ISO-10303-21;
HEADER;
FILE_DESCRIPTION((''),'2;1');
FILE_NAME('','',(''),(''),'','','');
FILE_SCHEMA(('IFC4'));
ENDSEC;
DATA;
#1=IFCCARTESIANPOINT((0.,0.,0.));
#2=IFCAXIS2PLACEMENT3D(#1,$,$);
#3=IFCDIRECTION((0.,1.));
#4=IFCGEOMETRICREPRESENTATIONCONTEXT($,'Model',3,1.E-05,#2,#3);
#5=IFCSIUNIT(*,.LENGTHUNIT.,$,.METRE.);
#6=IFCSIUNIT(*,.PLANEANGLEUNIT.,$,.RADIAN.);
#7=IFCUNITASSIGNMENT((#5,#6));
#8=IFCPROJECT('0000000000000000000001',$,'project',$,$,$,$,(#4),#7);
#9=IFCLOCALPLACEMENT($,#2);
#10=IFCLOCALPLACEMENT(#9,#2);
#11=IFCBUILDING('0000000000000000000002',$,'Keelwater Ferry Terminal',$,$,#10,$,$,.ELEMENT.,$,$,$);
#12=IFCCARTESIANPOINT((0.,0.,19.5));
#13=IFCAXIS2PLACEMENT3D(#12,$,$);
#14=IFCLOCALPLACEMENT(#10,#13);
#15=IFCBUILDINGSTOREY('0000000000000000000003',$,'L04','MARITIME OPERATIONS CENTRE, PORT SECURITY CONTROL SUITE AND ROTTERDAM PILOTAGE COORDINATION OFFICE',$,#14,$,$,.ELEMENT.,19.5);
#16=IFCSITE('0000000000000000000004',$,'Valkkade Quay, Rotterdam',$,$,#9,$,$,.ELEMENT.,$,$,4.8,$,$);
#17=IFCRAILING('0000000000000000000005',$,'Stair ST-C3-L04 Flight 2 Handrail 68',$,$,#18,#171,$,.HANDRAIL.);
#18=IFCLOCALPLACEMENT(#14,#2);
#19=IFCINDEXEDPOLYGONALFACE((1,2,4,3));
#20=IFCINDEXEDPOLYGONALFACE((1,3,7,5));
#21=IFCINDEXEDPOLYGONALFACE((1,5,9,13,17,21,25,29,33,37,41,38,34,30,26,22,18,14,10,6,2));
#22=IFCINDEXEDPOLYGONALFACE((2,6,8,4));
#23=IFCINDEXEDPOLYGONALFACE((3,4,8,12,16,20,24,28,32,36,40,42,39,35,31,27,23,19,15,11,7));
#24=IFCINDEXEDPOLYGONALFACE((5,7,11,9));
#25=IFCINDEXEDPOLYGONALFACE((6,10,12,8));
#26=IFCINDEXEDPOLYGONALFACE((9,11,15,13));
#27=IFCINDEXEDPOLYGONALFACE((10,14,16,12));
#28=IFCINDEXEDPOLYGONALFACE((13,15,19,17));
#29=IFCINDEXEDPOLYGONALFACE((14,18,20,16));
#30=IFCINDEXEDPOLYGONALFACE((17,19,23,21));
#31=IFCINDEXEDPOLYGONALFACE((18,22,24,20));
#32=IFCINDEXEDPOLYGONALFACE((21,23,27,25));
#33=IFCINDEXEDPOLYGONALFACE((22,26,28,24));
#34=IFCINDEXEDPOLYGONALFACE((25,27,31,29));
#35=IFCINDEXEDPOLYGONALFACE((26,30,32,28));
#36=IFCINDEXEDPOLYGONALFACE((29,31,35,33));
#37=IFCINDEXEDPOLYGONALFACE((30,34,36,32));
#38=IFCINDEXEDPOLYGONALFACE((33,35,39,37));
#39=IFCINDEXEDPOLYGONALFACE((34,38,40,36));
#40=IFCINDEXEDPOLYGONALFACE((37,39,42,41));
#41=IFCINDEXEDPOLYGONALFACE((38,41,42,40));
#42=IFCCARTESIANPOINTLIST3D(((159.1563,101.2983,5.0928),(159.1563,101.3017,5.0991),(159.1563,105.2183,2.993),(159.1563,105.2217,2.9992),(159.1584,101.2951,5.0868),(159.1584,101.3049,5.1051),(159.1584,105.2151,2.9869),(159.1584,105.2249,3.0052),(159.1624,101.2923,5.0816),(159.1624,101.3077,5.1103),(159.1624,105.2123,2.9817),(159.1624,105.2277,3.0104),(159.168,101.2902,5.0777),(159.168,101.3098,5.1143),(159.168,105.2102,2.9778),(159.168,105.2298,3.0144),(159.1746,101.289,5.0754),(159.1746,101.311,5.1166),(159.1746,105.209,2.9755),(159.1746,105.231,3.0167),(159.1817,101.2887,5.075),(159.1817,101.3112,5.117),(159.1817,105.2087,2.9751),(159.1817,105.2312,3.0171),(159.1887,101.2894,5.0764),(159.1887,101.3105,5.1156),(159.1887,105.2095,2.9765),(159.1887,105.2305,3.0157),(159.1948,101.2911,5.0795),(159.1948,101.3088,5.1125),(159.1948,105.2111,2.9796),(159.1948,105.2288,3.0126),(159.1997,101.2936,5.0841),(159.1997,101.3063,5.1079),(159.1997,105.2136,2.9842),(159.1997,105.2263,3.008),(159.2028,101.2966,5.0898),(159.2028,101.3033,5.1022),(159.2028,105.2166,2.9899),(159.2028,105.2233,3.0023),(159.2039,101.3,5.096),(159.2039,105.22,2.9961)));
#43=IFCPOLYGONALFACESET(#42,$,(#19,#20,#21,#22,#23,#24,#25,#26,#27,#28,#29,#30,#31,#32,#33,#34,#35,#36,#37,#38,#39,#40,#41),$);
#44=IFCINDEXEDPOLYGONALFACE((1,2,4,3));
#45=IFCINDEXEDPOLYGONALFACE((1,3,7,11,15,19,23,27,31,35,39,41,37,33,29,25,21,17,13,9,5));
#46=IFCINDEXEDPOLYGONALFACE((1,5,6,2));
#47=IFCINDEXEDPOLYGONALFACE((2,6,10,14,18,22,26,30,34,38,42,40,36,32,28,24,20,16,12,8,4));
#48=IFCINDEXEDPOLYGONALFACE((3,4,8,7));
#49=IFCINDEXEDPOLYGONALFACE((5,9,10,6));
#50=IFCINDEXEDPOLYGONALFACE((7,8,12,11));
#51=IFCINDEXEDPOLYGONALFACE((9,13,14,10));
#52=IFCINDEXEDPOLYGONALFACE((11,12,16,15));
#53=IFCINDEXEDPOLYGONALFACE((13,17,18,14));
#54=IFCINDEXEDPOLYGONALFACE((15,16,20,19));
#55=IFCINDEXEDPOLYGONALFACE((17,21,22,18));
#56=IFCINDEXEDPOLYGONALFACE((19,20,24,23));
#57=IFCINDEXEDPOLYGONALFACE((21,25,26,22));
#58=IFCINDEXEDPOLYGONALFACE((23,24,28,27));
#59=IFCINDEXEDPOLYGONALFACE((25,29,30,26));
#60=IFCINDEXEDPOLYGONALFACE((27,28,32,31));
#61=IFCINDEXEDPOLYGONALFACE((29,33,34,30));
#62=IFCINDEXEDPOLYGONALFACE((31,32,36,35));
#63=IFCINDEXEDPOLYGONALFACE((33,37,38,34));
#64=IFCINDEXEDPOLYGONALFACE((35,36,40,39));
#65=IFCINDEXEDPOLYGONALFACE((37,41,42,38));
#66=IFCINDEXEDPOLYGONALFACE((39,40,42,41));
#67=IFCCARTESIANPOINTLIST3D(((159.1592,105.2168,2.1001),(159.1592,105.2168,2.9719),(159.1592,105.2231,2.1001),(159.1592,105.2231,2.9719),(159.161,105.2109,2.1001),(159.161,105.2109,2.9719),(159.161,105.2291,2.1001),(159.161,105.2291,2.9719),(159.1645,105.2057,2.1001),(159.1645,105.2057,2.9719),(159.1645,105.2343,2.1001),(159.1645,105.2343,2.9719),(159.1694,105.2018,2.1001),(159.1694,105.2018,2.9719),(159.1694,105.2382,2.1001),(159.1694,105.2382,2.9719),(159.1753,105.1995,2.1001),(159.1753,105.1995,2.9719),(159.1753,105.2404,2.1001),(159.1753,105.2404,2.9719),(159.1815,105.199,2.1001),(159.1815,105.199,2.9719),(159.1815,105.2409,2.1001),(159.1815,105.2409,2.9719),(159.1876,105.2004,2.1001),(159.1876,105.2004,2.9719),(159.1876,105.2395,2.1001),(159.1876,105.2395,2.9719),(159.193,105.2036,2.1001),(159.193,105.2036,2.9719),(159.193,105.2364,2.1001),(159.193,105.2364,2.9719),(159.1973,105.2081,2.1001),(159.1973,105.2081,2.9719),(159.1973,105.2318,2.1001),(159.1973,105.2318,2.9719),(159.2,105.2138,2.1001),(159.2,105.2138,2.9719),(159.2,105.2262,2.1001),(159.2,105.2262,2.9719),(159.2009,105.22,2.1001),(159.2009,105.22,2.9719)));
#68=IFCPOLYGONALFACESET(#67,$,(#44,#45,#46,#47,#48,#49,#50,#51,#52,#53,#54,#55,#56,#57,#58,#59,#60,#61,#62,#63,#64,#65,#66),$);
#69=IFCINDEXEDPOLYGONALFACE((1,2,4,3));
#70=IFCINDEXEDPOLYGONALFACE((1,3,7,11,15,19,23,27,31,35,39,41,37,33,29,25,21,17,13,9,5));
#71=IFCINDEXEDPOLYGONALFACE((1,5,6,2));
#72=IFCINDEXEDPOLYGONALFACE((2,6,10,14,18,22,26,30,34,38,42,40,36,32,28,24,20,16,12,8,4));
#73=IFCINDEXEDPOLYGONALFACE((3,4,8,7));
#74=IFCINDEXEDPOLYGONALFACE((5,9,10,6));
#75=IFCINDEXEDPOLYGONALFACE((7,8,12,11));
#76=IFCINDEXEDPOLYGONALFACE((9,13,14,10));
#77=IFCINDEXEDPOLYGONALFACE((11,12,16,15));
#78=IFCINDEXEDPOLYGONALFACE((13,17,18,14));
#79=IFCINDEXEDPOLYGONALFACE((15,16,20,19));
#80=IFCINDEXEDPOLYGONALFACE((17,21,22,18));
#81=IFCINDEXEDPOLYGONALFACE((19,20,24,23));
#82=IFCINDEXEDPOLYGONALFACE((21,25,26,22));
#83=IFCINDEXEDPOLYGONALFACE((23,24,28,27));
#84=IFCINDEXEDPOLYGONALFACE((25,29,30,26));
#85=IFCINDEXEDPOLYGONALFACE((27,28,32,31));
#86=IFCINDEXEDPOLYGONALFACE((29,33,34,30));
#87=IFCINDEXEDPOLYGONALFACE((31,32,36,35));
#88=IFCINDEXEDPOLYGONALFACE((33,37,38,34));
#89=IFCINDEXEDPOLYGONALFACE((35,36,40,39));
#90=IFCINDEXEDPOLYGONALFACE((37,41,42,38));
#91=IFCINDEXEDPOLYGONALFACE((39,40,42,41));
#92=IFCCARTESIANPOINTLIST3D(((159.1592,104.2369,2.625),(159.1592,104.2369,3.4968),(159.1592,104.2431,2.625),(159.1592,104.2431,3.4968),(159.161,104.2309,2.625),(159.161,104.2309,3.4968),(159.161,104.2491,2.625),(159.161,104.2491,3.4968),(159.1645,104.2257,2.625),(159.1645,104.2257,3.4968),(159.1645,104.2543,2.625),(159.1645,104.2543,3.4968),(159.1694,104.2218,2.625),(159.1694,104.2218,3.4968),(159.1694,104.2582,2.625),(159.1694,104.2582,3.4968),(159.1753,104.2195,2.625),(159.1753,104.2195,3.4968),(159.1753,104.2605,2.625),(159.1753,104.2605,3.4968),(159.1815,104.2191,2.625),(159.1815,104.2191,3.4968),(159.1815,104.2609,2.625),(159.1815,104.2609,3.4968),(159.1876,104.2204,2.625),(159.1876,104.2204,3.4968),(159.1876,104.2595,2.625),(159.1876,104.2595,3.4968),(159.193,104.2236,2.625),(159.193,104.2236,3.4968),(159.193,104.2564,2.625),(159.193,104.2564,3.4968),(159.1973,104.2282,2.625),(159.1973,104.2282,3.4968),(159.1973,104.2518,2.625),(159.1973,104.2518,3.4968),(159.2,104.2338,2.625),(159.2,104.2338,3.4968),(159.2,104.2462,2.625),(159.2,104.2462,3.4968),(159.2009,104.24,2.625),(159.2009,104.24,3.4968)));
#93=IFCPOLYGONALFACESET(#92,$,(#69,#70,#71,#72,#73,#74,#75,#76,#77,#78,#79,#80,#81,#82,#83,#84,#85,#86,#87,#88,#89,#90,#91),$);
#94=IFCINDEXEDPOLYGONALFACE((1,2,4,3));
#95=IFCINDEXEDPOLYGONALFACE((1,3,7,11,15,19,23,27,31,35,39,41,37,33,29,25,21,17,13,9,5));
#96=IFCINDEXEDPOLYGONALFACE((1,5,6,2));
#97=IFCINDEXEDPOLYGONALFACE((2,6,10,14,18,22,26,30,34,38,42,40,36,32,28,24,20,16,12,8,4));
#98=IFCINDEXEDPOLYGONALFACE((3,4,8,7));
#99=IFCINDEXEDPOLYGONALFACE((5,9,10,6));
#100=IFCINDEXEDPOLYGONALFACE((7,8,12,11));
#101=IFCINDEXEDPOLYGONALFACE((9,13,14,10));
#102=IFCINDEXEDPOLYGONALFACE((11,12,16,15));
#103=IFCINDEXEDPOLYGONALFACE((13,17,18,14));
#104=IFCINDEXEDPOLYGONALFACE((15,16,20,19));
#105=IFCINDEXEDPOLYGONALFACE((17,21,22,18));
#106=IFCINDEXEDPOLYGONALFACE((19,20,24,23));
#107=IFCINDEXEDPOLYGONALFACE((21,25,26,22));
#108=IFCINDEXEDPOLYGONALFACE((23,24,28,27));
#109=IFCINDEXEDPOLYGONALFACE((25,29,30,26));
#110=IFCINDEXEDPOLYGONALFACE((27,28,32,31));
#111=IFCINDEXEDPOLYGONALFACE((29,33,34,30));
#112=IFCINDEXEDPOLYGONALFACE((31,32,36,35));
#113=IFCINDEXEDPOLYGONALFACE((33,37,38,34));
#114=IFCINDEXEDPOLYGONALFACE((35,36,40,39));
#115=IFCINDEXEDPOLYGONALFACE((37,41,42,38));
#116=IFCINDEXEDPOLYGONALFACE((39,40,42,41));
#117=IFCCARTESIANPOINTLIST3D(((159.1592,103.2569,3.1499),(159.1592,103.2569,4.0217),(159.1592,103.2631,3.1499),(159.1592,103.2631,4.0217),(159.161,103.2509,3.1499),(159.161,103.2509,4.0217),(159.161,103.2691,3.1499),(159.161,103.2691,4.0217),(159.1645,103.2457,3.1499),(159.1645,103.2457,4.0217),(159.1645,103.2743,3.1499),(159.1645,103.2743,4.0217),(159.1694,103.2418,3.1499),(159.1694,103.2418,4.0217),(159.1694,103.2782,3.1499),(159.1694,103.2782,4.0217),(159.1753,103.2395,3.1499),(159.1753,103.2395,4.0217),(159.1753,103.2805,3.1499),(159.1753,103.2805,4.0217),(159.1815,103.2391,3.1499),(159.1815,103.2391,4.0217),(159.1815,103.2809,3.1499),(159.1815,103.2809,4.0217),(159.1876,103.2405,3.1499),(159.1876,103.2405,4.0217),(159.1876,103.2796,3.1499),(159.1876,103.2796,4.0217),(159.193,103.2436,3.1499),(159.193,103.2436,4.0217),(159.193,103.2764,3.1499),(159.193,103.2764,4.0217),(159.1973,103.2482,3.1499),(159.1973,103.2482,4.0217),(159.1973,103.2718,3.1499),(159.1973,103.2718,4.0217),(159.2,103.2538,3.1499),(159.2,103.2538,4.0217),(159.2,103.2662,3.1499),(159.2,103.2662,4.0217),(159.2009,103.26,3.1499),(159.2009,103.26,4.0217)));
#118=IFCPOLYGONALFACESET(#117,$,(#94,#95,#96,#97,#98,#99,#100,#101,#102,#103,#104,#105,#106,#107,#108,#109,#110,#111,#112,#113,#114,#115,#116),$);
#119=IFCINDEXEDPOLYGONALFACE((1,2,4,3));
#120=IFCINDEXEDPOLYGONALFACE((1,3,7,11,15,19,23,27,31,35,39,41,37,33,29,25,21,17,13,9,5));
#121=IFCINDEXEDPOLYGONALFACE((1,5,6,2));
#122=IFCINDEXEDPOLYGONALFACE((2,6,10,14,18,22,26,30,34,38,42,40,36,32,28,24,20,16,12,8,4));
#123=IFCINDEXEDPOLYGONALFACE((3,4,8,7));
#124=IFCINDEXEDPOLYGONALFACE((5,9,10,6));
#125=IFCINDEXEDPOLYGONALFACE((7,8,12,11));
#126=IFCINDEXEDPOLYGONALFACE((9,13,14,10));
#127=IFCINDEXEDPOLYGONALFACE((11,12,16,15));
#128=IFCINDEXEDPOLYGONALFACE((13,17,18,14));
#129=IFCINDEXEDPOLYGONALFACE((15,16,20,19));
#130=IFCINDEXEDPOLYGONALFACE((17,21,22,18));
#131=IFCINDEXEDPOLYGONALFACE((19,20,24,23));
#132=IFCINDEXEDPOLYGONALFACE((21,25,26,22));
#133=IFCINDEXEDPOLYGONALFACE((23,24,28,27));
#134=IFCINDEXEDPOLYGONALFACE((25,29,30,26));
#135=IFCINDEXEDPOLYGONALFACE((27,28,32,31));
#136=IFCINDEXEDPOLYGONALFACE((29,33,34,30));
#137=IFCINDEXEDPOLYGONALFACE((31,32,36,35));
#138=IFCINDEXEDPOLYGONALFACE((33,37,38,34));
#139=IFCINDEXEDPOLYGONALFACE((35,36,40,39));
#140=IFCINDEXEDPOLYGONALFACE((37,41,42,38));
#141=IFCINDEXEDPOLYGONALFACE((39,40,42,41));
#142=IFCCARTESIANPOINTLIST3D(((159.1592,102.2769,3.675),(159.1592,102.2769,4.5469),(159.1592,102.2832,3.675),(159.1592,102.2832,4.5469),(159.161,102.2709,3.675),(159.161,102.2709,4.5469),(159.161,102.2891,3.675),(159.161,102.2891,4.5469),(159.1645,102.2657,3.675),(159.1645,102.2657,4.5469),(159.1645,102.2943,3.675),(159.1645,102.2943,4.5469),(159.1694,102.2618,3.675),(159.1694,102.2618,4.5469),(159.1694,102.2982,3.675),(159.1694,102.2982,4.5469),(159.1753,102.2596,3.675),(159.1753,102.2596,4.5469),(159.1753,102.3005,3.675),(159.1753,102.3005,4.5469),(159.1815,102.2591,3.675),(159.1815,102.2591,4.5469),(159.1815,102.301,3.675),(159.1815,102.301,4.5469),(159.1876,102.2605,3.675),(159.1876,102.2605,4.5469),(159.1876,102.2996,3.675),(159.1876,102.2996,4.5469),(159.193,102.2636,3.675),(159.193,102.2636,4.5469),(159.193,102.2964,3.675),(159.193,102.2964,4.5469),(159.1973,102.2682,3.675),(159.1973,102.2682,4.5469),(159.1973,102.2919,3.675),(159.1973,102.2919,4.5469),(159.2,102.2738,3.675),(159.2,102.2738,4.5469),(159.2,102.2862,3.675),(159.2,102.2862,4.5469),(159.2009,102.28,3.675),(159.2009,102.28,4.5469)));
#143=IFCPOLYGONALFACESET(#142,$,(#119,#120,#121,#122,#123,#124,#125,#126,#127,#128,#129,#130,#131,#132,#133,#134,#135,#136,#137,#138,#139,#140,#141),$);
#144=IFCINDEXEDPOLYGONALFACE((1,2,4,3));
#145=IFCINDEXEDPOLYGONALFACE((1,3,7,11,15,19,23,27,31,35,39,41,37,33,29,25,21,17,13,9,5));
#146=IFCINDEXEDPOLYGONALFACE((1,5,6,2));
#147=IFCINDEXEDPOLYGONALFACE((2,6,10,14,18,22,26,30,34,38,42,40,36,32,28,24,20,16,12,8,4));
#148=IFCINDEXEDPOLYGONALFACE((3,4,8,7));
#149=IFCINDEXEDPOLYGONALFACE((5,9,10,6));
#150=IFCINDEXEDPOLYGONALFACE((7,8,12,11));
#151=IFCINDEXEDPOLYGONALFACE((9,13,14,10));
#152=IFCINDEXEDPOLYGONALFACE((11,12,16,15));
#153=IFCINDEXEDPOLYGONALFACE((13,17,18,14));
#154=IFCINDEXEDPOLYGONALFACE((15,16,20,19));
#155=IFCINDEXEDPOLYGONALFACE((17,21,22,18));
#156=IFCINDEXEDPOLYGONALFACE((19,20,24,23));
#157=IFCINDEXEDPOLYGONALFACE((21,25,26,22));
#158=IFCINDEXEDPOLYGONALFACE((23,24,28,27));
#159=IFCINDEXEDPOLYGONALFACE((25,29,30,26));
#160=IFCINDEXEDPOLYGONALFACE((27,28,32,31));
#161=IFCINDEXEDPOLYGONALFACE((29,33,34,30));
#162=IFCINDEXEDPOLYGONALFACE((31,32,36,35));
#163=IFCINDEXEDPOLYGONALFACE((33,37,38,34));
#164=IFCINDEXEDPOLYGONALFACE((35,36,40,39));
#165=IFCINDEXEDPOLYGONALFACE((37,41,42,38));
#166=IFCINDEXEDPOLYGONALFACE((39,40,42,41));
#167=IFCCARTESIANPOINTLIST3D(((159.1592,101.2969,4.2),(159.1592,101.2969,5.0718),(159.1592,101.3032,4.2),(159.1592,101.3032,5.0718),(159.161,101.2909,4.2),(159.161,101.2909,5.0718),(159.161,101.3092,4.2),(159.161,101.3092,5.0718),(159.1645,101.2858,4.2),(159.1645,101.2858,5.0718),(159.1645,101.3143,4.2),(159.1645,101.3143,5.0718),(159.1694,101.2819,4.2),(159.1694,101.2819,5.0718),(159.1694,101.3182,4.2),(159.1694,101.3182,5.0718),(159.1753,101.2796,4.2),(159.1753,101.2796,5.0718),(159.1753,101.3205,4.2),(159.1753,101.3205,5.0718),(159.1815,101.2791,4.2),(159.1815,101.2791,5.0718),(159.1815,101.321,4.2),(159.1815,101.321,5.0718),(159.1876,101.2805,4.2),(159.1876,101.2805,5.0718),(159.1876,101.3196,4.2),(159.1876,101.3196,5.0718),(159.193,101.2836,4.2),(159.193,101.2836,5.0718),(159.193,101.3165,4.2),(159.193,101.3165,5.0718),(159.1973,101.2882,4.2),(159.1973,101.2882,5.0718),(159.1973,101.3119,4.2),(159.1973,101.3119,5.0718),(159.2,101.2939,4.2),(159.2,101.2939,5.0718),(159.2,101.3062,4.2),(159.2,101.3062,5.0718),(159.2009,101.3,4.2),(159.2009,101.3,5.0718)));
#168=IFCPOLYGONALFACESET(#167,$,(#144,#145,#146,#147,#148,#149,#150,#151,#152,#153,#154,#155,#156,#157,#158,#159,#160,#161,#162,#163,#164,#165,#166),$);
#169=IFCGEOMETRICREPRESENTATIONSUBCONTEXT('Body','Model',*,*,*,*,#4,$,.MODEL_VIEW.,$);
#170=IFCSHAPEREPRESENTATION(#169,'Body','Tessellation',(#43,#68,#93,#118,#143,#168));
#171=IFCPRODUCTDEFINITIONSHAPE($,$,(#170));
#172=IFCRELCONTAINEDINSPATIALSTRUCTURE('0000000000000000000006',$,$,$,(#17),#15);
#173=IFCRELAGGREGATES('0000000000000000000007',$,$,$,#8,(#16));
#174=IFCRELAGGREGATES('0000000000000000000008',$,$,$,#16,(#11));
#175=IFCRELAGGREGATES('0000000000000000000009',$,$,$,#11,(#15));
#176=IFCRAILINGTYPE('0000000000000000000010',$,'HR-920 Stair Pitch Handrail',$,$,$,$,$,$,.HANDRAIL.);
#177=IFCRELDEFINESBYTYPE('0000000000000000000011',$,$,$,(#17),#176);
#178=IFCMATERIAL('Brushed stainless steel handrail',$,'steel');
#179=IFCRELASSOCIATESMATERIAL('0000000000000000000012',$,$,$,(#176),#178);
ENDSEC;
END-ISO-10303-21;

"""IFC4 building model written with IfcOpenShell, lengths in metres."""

from ifc_helpers import new_model, si_unit, direction, frame, origin, origin_2d, place, context, subcontext, project, spatial, circle, extrude, material, type_object, element, save


model = new_model("IFC4")

# Units and contexts
model_context = context("Model", 3, precision=1e-05, world=origin(), true_north=direction((0.0, 1.0)))
body_context = subcontext(model_context, "Body", "Model", "MODEL_VIEW")
ifc_project = project(units=[si_unit("LENGTHUNIT", "METRE"), si_unit("PLANEANGLEUNIT", "RADIAN")], contexts=[model_context])

# Site, building, storey
site_placement = place(None, origin())
site = spatial("IfcSite", under=ifc_project, at=site_placement, Name="Valkkade Quay, Rotterdam", CompositionType="ELEMENT", RefElevation=4.8)
building_placement = place(site_placement, origin())
building = spatial("IfcBuilding", under=site, at=building_placement, Name="Keelwater Ferry Terminal", CompositionType="ELEMENT")
storey_placement = place(building_placement, frame((0.0, 0.0, 19.5)))
storey = spatial("IfcBuildingStorey", under=building, at=storey_placement, Name="L04", Description="MARITIME OPERATIONS CENTRE, PORT SECURITY CONTROL SUITE AND ROTTERDAM PILOTAGE COORDINATION OFFICE", CompositionType="ELEMENT", Elevation=19.5)

# Railing
ifc_material_1 = material(Name="Brushed stainless steel handrail", Category="steel")
railing_type_1 = type_object("IfcRailingType", Name="HR-920 Stair Pitch Handrail", PredefinedType="HANDRAIL", material=ifc_material_1)
railing_1_placement = place(storey_placement, frame((159.1799, 105.22, 2.1001)))
element("IfcRailing", 1, at=railing_1_placement, inside=storey, type_object=railing_type_1, Name="Stair ST-C3-L04 Flight 2 Handrail 68", PredefinedType="HANDRAIL", context=body_context, shape_type="SweptSolid", body=[
    extrude(circle(Radius=0.0239, at=origin_2d()), frame((0.0, 0.0, 0.896), z_axis=(0.0, -0.88149, 0.472203), x_axis=(1.0, 0.0, 0.0)), (0.0, 0.0, 1.0), 4.447),
    extrude(circle(Radius=0.021, at=origin_2d()), origin(), (0.0, 0.0, 1.0), 0.8718),
    extrude(circle(Radius=0.021, at=origin_2d()), frame((0.0, -0.98, 0.5249)), (0.0, 0.0, 1.0), 0.8718),
    extrude(circle(Radius=0.021, at=origin_2d()), frame((0.0, -1.96, 1.0498)), (0.0, 0.0, 1.0), 0.8718),
    extrude(circle(Radius=0.021, at=origin_2d()), frame((0.0, -2.9399, 1.575)), (0.0, 0.0, 1.0), 0.8718),
    extrude(circle(Radius=0.021, at=origin_2d()), frame((0.0, -3.9199, 2.0999)), (0.0, 0.0, 1.0), 0.8718),
])

save(model, "model.ifc")
